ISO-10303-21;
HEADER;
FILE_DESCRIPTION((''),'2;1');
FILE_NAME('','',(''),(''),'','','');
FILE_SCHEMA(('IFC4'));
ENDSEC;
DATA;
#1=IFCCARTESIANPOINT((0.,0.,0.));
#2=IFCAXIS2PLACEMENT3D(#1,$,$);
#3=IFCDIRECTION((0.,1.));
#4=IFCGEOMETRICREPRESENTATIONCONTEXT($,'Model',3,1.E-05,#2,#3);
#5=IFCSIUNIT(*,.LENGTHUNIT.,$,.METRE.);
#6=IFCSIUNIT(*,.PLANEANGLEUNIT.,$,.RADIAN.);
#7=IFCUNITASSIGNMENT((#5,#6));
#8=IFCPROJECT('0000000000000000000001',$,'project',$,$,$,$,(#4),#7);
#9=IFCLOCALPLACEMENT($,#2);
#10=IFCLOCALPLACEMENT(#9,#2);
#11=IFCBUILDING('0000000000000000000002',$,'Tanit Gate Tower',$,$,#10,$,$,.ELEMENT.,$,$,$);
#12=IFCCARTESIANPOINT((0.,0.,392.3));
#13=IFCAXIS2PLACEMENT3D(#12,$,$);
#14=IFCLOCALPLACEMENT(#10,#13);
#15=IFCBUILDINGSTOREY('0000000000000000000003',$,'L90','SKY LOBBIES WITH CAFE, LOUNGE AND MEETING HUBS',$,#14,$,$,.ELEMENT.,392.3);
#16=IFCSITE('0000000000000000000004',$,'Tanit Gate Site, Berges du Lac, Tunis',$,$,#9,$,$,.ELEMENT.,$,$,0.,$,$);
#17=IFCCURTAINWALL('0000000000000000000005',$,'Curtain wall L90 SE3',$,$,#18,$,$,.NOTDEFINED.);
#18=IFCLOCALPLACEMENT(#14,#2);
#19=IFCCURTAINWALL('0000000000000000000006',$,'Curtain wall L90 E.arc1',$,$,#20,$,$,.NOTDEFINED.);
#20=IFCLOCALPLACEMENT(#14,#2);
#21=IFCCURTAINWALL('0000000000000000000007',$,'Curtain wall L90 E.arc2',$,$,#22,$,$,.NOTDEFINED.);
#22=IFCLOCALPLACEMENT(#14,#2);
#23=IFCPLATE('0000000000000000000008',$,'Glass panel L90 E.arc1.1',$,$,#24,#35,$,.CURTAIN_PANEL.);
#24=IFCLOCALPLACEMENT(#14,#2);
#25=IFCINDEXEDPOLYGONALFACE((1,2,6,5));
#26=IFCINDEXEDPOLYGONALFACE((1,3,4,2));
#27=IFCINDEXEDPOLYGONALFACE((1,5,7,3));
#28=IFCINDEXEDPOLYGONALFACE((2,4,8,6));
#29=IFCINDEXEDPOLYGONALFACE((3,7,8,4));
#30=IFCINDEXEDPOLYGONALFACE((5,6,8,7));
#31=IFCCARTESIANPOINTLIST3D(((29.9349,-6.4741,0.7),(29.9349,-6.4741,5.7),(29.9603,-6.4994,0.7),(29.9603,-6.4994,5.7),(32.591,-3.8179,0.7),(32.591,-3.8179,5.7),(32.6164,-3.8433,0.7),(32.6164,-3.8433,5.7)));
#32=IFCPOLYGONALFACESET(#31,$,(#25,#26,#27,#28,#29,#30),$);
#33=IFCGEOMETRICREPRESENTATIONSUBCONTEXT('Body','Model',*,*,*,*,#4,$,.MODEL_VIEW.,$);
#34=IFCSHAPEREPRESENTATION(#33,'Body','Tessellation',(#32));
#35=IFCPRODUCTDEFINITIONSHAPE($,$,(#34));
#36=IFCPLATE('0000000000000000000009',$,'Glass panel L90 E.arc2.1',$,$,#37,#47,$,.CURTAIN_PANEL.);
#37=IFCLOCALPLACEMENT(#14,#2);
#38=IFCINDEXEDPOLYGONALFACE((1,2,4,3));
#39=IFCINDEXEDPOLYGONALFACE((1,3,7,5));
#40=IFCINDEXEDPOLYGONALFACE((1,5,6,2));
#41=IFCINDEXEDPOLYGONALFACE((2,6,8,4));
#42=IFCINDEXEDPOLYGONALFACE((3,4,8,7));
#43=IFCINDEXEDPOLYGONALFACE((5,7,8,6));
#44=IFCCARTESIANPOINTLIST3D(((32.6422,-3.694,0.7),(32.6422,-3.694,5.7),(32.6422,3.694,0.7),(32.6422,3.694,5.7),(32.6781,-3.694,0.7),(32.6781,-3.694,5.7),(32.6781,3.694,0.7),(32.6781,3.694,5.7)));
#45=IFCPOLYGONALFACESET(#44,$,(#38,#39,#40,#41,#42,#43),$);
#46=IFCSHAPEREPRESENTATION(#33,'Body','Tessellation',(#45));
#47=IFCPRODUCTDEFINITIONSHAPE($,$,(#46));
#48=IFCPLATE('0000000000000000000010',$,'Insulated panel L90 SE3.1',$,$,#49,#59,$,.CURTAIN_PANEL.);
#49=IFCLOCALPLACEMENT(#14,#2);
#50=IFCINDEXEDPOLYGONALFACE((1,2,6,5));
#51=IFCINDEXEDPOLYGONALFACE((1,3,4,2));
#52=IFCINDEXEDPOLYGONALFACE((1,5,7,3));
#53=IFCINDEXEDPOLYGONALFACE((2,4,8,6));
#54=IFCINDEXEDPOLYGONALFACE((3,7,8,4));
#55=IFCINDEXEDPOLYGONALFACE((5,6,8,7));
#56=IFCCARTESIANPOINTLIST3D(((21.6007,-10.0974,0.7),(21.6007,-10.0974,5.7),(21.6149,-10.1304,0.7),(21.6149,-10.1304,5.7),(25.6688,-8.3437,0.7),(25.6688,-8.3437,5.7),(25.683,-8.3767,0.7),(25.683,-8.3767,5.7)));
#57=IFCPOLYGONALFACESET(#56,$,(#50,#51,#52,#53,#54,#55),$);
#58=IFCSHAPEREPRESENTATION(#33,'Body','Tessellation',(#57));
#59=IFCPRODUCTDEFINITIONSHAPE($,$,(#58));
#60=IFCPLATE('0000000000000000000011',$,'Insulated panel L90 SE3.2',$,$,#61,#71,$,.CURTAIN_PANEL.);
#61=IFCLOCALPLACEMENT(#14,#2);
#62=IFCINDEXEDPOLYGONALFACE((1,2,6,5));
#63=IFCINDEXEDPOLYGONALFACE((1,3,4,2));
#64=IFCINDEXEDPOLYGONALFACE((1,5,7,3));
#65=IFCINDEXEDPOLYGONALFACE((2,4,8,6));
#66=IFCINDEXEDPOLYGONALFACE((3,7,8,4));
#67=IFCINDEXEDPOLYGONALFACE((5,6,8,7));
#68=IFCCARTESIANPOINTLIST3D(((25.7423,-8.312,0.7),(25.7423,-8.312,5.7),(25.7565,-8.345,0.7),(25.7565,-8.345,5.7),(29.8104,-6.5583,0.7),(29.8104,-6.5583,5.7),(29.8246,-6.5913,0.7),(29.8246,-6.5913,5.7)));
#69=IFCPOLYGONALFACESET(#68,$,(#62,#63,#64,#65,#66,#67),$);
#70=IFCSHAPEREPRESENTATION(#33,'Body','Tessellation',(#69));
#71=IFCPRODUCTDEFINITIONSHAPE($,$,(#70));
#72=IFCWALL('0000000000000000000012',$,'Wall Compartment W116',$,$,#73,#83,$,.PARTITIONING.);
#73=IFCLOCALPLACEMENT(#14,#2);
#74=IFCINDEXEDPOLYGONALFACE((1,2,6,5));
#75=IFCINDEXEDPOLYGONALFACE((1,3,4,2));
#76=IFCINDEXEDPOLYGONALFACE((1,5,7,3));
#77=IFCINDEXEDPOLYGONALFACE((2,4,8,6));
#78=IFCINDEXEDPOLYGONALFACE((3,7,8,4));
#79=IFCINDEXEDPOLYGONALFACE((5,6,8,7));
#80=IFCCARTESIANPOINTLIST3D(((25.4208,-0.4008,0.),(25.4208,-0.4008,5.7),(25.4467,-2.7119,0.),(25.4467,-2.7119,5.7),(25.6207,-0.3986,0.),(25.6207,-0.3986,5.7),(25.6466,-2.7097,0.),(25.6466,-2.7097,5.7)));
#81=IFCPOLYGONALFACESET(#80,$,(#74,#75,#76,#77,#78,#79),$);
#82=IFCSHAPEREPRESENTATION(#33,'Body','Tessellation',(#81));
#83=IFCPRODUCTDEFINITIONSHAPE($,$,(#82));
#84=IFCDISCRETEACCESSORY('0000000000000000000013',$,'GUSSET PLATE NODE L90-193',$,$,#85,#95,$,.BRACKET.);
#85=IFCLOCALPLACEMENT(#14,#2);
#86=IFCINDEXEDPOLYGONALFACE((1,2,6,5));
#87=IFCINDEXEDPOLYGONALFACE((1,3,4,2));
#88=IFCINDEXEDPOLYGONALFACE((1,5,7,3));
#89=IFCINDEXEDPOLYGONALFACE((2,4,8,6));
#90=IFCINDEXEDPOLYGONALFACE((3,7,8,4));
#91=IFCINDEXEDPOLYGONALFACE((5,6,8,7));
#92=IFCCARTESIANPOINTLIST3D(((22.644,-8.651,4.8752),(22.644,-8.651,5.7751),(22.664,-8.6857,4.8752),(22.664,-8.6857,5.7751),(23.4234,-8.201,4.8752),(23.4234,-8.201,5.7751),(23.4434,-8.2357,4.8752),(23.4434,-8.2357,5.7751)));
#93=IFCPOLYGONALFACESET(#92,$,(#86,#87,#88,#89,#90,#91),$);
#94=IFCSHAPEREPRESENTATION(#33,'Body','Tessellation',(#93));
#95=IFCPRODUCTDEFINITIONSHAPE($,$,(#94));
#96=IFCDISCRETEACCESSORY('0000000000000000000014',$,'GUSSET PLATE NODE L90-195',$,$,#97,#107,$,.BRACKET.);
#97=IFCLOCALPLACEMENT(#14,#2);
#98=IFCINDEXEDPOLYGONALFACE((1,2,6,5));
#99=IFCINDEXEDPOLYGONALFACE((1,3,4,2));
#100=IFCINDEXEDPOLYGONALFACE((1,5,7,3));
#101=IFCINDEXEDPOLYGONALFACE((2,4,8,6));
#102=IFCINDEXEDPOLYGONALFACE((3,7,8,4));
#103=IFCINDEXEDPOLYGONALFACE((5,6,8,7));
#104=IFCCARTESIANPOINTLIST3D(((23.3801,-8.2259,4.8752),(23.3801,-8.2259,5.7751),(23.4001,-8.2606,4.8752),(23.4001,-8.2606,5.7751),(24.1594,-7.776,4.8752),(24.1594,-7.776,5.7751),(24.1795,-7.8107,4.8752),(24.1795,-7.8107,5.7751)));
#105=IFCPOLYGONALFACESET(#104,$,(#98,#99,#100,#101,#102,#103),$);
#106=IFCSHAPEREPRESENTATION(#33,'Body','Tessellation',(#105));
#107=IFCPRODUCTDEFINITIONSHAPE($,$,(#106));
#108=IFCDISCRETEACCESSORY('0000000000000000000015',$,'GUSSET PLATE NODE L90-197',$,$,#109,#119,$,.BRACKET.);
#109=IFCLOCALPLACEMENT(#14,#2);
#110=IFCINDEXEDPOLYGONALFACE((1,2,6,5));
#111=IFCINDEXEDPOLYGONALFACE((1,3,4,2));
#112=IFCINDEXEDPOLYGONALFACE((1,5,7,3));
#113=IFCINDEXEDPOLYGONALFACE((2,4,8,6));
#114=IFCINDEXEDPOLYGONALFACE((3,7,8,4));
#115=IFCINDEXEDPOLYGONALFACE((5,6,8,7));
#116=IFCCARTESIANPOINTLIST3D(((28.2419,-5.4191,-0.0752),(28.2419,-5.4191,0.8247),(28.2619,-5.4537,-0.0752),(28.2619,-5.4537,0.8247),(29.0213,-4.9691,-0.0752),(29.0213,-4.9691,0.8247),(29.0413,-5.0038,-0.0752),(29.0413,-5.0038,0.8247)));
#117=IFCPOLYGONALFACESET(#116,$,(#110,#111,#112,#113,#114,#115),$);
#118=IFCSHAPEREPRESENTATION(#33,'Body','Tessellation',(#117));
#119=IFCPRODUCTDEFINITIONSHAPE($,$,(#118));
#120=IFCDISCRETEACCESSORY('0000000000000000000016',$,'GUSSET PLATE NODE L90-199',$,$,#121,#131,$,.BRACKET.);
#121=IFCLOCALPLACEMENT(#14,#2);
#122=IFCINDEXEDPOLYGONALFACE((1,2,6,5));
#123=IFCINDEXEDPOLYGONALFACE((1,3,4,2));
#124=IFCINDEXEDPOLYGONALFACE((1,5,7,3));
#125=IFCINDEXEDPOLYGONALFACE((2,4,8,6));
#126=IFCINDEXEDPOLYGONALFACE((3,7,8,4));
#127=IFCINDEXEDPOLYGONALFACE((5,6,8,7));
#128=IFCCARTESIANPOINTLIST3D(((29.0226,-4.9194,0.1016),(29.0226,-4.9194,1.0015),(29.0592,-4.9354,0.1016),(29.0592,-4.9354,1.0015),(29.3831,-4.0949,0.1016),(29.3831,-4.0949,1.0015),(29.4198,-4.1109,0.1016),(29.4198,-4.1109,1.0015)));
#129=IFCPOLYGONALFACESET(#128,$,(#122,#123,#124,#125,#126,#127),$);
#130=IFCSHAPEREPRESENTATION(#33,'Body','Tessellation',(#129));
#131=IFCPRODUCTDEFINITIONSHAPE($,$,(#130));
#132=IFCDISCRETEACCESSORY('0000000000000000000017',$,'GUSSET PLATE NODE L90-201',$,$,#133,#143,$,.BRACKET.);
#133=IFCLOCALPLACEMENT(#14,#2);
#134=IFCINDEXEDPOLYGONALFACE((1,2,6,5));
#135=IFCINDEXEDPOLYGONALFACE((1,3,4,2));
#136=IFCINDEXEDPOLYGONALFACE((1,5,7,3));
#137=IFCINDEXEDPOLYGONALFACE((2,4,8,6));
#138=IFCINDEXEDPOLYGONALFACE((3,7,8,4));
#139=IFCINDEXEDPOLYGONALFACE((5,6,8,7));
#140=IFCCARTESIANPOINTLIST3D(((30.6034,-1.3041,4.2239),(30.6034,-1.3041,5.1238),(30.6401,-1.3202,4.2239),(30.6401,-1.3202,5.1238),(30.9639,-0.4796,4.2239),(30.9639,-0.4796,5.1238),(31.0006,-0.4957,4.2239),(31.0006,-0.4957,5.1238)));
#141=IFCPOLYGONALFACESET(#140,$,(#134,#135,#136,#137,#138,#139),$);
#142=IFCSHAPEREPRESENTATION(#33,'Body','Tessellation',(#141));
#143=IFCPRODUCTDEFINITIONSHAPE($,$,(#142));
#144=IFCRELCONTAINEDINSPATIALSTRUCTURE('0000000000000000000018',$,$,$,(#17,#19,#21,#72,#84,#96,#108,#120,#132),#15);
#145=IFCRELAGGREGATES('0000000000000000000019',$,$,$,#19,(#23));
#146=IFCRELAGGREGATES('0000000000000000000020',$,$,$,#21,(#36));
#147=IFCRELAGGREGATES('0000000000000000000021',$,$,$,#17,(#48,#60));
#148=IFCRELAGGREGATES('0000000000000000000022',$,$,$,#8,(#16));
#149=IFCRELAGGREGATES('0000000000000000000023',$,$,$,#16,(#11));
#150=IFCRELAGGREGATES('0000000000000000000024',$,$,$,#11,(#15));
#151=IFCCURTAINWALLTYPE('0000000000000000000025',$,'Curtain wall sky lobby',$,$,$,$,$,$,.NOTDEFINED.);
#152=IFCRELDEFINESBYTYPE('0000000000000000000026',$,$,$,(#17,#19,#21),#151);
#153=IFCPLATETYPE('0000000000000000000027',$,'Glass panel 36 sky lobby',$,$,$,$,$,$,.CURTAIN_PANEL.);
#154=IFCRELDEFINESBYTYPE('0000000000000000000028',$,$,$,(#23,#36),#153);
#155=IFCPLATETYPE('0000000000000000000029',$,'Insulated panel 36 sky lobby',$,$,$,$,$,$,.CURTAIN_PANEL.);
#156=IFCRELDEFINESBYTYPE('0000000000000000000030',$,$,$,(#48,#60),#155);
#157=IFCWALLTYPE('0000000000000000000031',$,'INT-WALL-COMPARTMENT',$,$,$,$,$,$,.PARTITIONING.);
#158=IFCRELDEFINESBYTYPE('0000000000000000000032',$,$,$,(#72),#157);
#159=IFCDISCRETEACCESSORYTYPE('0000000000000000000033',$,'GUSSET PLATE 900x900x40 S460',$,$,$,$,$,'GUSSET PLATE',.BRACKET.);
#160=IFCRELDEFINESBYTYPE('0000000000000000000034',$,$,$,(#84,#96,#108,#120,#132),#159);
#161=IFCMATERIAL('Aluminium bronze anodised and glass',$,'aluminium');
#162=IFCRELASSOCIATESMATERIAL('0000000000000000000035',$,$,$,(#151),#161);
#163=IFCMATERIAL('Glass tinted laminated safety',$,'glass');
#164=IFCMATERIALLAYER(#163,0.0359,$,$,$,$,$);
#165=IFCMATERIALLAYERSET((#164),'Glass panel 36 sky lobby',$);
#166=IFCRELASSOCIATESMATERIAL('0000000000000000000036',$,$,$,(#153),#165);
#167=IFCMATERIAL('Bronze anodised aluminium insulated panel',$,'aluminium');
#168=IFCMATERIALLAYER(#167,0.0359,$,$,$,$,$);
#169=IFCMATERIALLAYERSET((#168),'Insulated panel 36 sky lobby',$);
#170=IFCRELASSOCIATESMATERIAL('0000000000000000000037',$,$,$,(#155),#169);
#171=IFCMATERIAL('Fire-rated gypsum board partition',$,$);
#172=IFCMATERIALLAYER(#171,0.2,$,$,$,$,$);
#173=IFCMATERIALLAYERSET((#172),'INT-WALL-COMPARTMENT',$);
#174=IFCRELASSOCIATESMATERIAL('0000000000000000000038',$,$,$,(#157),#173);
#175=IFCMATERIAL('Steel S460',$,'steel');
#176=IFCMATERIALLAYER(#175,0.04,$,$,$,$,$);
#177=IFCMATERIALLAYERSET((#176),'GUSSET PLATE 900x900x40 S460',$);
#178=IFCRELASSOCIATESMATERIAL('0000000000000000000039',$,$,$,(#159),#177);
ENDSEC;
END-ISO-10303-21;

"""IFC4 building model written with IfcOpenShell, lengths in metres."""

from ifc_helpers import new_model, si_unit, direction, frame, frame_2d, origin, origin_2d, place, context, subcontext, project, spatial, rectangle, extrude, material, layer, layer_set, type_object, element, aggregate, save


model = new_model("IFC4")

# Units and contexts
model_context = context("Model", 3, precision=1e-05, world=origin(), true_north=direction((0.0, 1.0)))
body_context = subcontext(model_context, "Body", "Model", "MODEL_VIEW")
ifc_project = project(units=[si_unit("LENGTHUNIT", "METRE"), si_unit("PLANEANGLEUNIT", "RADIAN")], contexts=[model_context])

# Site, building, storey
site_placement = place(None, origin())
site = spatial("IfcSite", under=ifc_project, at=site_placement, Name="Tanit Gate Site, Berges du Lac, Tunis", CompositionType="ELEMENT", RefElevation=0.0)
building_placement = place(site_placement, origin())
building = spatial("IfcBuilding", under=site, at=building_placement, Name="Tanit Gate Tower", CompositionType="ELEMENT")
storey_placement = place(building_placement, frame((0.0, 0.0, 392.3)))
storey = spatial("IfcBuildingStorey", under=building, at=storey_placement, Name="L90", Description="SKY LOBBIES WITH CAFE, LOUNGE AND MEETING HUBS", CompositionType="ELEMENT", Elevation=392.3)

# Curtain walls
ifc_material_1 = material(Name="Aluminium bronze anodised and glass", Category="aluminium")
curtain_wall_type = type_object("IfcCurtainWallType", Name="Curtain wall sky lobby", PredefinedType="NOTDEFINED", material=ifc_material_1)
curtain_wall_1_placement = place(storey_placement, origin())
curtain_wall_1 = element("IfcCurtainWall", 1, at=curtain_wall_1_placement, inside=storey, type_object=curtain_wall_type, Name="Curtain wall L90 SE3", PredefinedType="NOTDEFINED")
curtain_wall_2_placement = place(storey_placement, origin())
curtain_wall_2 = element("IfcCurtainWall", 2, at=curtain_wall_2_placement, inside=storey, type_object=curtain_wall_type, Name="Curtain wall L90 E.arc1", PredefinedType="NOTDEFINED")

# Curtain wall
curtain_wall_3_placement = place(storey_placement, origin())
curtain_wall_3 = element("IfcCurtainWall", 3, at=curtain_wall_3_placement, inside=storey, type_object=curtain_wall_type, Name="Curtain wall L90 E.arc2", PredefinedType="NOTDEFINED")

# Plates
ifc_material_2 = material(Name="Glass tinted laminated safety", Category="glass")
ifc_layer_1 = layer(ifc_material_2, 0.0359)
ifc_layer_set_1 = layer_set([ifc_layer_1], Name="Glass panel 36 sky lobby")
plate_type_1 = type_object("IfcPlateType", Name="Glass panel 36 sky lobby", PredefinedType="CURTAIN_PANEL", material=ifc_layer_set_1)
plate_1_placement = place(storey_placement, frame((31.2756, -5.1587, 0.7), z_axis=(0.0, 0.0, 1.0), x_axis=(0.707107, 0.707107, 0.0)))
plate_1 = element("IfcPlate", 4, at=plate_1_placement, type_object=plate_type_1, Name="Glass panel L90 E.arc1.1", PredefinedType="CURTAIN_PANEL", context=body_context, shape_type="SweptSolid", body=[
    extrude(rectangle(XDim=3.7563, YDim=0.0359, at=origin_2d()), origin(), (0.0, 0.0, 1.0), 5.0),
])
aggregate(curtain_wall_2, [plate_1])
plate_2_placement = place(storey_placement, frame((32.6602, 0.0, 0.7), z_axis=(0.0, 0.0, 1.0), x_axis=(0.0, 1.0, 0.0)))
plate_2 = element("IfcPlate", 5, at=plate_2_placement, type_object=plate_type_1, Name="Glass panel L90 E.arc2.1", PredefinedType="CURTAIN_PANEL", context=body_context, shape_type="SweptSolid", body=[
    extrude(rectangle(XDim=7.3879, YDim=0.0359, at=origin_2d()), origin(), (0.0, 0.0, 1.0), 5.0),
])
aggregate(curtain_wall_3, [plate_2])
ifc_material_3 = material(Name="Bronze anodised aluminium insulated panel", Category="aluminium")
ifc_layer_2 = layer(ifc_material_3, 0.0359)
ifc_layer_set_2 = layer_set([ifc_layer_2], Name="Insulated panel 36 sky lobby")
plate_type_2 = type_object("IfcPlateType", Name="Insulated panel 36 sky lobby", PredefinedType="CURTAIN_PANEL", material=ifc_layer_set_2)
plate_3_placement = place(storey_placement, frame((23.6418, -9.2371, 0.7), z_axis=(0.0, 0.0, 1.0), x_axis=(0.918306, 0.395871, 0.0)))
plate_3 = element("IfcPlate", 6, at=plate_3_placement, type_object=plate_type_2, Name="Insulated panel L90 SE3.1", PredefinedType="CURTAIN_PANEL", context=body_context, shape_type="SweptSolid", body=[
    extrude(rectangle(XDim=4.4299, YDim=0.0359, at=origin_2d()), origin(), (0.0, 0.0, 1.0), 5.0),
])
plate_4_placement = place(storey_placement, frame((27.7834, -7.4517, 0.7), z_axis=(0.0, 0.0, 1.0), x_axis=(0.918306, 0.395871, 0.0)))
plate_4 = element("IfcPlate", 7, at=plate_4_placement, type_object=plate_type_2, Name="Insulated panel L90 SE3.2", PredefinedType="CURTAIN_PANEL", context=body_context, shape_type="SweptSolid", body=[
    extrude(rectangle(XDim=4.4299, YDim=0.0359, at=origin_2d()), origin(), (0.0, 0.0, 1.0), 5.0),
])
aggregate(curtain_wall_1, [plate_3, plate_4])

# Wall
ifc_material_4 = material(Name="Fire-rated gypsum board partition")
ifc_layer_3 = layer(ifc_material_4, 0.2)
ifc_layer_set_3 = layer_set([ifc_layer_3], Name="INT-WALL-COMPARTMENT")
wall_type = type_object("IfcWallType", Name="INT-WALL-COMPARTMENT", PredefinedType="PARTITIONING", material=ifc_layer_set_3)
wall_placement = place(storey_placement, frame((25.5466, -2.7109, 0.0), z_axis=(0.0, 0.0, 1.0), x_axis=(-0.011197, 0.999937, 0.0)))
element("IfcWall", 8, at=wall_placement, inside=storey, type_object=wall_type, Name="Wall Compartment W116", PredefinedType="PARTITIONING", context=body_context, shape_type="SweptSolid", body=[
    extrude(rectangle(XDim=2.3113, YDim=0.2, at=frame_2d((1.1558, 0.0))), origin(), (0.0, 0.0, 1.0), 5.7),
])

# Discrete accessories
ifc_material_5 = material(Name="Steel S460", Category="steel")
ifc_layer_4 = layer(ifc_material_5, 0.04)
ifc_layer_set_4 = layer_set([ifc_layer_4], Name="GUSSET PLATE 900x900x40 S460")
discrete_accessory_type = type_object("IfcDiscreteAccessoryType", Name="GUSSET PLATE 900x900x40 S460", ElementType="GUSSET PLATE", PredefinedType="BRACKET", material=ifc_layer_set_4)
for number, where, z_axis, x_axis, name in (
    (9, (23.0437, -8.4434, 4.8752), (0.0, 0.0, 1.0), (-0.866025, -0.5, 0.0), "GUSSET PLATE NODE L90-193"),
    (10, (23.7798, -8.0183, 4.8752), (0.0, 0.0, 1.0), (0.866025, 0.5, 0.0), "GUSSET PLATE NODE L90-195"),
    (11, (28.6416, -5.2114, -0.0752), (0.0, 0.0, 1.0), (-0.866025, -0.5, 0.0), "GUSSET PLATE NODE L90-197"),
    (12, (29.2212, -4.5151, 0.1016), (0.0, 0.0, 1.0), (0.400685, 0.916216, 0.0), "GUSSET PLATE NODE L90-199"),
    (13, (30.802, -0.8999, 4.2239), (0.0, 0.0, 1.0), (-0.400685, -0.916216, 0.0), "GUSSET PLATE NODE L90-201"),
):
    element("IfcDiscreteAccessory", number, at=place(storey_placement, frame(where, z_axis=z_axis, x_axis=x_axis)), inside=storey, type_object=discrete_accessory_type, Name=name, PredefinedType="BRACKET", context=body_context, shape_type="SweptSolid", body=[
        extrude(rectangle(XDim=0.8999, YDim=0.04, at=origin_2d()), origin(), (0.0, 0.0, 1.0), 0.8999),
    ])

save(model, "model.ifc")
